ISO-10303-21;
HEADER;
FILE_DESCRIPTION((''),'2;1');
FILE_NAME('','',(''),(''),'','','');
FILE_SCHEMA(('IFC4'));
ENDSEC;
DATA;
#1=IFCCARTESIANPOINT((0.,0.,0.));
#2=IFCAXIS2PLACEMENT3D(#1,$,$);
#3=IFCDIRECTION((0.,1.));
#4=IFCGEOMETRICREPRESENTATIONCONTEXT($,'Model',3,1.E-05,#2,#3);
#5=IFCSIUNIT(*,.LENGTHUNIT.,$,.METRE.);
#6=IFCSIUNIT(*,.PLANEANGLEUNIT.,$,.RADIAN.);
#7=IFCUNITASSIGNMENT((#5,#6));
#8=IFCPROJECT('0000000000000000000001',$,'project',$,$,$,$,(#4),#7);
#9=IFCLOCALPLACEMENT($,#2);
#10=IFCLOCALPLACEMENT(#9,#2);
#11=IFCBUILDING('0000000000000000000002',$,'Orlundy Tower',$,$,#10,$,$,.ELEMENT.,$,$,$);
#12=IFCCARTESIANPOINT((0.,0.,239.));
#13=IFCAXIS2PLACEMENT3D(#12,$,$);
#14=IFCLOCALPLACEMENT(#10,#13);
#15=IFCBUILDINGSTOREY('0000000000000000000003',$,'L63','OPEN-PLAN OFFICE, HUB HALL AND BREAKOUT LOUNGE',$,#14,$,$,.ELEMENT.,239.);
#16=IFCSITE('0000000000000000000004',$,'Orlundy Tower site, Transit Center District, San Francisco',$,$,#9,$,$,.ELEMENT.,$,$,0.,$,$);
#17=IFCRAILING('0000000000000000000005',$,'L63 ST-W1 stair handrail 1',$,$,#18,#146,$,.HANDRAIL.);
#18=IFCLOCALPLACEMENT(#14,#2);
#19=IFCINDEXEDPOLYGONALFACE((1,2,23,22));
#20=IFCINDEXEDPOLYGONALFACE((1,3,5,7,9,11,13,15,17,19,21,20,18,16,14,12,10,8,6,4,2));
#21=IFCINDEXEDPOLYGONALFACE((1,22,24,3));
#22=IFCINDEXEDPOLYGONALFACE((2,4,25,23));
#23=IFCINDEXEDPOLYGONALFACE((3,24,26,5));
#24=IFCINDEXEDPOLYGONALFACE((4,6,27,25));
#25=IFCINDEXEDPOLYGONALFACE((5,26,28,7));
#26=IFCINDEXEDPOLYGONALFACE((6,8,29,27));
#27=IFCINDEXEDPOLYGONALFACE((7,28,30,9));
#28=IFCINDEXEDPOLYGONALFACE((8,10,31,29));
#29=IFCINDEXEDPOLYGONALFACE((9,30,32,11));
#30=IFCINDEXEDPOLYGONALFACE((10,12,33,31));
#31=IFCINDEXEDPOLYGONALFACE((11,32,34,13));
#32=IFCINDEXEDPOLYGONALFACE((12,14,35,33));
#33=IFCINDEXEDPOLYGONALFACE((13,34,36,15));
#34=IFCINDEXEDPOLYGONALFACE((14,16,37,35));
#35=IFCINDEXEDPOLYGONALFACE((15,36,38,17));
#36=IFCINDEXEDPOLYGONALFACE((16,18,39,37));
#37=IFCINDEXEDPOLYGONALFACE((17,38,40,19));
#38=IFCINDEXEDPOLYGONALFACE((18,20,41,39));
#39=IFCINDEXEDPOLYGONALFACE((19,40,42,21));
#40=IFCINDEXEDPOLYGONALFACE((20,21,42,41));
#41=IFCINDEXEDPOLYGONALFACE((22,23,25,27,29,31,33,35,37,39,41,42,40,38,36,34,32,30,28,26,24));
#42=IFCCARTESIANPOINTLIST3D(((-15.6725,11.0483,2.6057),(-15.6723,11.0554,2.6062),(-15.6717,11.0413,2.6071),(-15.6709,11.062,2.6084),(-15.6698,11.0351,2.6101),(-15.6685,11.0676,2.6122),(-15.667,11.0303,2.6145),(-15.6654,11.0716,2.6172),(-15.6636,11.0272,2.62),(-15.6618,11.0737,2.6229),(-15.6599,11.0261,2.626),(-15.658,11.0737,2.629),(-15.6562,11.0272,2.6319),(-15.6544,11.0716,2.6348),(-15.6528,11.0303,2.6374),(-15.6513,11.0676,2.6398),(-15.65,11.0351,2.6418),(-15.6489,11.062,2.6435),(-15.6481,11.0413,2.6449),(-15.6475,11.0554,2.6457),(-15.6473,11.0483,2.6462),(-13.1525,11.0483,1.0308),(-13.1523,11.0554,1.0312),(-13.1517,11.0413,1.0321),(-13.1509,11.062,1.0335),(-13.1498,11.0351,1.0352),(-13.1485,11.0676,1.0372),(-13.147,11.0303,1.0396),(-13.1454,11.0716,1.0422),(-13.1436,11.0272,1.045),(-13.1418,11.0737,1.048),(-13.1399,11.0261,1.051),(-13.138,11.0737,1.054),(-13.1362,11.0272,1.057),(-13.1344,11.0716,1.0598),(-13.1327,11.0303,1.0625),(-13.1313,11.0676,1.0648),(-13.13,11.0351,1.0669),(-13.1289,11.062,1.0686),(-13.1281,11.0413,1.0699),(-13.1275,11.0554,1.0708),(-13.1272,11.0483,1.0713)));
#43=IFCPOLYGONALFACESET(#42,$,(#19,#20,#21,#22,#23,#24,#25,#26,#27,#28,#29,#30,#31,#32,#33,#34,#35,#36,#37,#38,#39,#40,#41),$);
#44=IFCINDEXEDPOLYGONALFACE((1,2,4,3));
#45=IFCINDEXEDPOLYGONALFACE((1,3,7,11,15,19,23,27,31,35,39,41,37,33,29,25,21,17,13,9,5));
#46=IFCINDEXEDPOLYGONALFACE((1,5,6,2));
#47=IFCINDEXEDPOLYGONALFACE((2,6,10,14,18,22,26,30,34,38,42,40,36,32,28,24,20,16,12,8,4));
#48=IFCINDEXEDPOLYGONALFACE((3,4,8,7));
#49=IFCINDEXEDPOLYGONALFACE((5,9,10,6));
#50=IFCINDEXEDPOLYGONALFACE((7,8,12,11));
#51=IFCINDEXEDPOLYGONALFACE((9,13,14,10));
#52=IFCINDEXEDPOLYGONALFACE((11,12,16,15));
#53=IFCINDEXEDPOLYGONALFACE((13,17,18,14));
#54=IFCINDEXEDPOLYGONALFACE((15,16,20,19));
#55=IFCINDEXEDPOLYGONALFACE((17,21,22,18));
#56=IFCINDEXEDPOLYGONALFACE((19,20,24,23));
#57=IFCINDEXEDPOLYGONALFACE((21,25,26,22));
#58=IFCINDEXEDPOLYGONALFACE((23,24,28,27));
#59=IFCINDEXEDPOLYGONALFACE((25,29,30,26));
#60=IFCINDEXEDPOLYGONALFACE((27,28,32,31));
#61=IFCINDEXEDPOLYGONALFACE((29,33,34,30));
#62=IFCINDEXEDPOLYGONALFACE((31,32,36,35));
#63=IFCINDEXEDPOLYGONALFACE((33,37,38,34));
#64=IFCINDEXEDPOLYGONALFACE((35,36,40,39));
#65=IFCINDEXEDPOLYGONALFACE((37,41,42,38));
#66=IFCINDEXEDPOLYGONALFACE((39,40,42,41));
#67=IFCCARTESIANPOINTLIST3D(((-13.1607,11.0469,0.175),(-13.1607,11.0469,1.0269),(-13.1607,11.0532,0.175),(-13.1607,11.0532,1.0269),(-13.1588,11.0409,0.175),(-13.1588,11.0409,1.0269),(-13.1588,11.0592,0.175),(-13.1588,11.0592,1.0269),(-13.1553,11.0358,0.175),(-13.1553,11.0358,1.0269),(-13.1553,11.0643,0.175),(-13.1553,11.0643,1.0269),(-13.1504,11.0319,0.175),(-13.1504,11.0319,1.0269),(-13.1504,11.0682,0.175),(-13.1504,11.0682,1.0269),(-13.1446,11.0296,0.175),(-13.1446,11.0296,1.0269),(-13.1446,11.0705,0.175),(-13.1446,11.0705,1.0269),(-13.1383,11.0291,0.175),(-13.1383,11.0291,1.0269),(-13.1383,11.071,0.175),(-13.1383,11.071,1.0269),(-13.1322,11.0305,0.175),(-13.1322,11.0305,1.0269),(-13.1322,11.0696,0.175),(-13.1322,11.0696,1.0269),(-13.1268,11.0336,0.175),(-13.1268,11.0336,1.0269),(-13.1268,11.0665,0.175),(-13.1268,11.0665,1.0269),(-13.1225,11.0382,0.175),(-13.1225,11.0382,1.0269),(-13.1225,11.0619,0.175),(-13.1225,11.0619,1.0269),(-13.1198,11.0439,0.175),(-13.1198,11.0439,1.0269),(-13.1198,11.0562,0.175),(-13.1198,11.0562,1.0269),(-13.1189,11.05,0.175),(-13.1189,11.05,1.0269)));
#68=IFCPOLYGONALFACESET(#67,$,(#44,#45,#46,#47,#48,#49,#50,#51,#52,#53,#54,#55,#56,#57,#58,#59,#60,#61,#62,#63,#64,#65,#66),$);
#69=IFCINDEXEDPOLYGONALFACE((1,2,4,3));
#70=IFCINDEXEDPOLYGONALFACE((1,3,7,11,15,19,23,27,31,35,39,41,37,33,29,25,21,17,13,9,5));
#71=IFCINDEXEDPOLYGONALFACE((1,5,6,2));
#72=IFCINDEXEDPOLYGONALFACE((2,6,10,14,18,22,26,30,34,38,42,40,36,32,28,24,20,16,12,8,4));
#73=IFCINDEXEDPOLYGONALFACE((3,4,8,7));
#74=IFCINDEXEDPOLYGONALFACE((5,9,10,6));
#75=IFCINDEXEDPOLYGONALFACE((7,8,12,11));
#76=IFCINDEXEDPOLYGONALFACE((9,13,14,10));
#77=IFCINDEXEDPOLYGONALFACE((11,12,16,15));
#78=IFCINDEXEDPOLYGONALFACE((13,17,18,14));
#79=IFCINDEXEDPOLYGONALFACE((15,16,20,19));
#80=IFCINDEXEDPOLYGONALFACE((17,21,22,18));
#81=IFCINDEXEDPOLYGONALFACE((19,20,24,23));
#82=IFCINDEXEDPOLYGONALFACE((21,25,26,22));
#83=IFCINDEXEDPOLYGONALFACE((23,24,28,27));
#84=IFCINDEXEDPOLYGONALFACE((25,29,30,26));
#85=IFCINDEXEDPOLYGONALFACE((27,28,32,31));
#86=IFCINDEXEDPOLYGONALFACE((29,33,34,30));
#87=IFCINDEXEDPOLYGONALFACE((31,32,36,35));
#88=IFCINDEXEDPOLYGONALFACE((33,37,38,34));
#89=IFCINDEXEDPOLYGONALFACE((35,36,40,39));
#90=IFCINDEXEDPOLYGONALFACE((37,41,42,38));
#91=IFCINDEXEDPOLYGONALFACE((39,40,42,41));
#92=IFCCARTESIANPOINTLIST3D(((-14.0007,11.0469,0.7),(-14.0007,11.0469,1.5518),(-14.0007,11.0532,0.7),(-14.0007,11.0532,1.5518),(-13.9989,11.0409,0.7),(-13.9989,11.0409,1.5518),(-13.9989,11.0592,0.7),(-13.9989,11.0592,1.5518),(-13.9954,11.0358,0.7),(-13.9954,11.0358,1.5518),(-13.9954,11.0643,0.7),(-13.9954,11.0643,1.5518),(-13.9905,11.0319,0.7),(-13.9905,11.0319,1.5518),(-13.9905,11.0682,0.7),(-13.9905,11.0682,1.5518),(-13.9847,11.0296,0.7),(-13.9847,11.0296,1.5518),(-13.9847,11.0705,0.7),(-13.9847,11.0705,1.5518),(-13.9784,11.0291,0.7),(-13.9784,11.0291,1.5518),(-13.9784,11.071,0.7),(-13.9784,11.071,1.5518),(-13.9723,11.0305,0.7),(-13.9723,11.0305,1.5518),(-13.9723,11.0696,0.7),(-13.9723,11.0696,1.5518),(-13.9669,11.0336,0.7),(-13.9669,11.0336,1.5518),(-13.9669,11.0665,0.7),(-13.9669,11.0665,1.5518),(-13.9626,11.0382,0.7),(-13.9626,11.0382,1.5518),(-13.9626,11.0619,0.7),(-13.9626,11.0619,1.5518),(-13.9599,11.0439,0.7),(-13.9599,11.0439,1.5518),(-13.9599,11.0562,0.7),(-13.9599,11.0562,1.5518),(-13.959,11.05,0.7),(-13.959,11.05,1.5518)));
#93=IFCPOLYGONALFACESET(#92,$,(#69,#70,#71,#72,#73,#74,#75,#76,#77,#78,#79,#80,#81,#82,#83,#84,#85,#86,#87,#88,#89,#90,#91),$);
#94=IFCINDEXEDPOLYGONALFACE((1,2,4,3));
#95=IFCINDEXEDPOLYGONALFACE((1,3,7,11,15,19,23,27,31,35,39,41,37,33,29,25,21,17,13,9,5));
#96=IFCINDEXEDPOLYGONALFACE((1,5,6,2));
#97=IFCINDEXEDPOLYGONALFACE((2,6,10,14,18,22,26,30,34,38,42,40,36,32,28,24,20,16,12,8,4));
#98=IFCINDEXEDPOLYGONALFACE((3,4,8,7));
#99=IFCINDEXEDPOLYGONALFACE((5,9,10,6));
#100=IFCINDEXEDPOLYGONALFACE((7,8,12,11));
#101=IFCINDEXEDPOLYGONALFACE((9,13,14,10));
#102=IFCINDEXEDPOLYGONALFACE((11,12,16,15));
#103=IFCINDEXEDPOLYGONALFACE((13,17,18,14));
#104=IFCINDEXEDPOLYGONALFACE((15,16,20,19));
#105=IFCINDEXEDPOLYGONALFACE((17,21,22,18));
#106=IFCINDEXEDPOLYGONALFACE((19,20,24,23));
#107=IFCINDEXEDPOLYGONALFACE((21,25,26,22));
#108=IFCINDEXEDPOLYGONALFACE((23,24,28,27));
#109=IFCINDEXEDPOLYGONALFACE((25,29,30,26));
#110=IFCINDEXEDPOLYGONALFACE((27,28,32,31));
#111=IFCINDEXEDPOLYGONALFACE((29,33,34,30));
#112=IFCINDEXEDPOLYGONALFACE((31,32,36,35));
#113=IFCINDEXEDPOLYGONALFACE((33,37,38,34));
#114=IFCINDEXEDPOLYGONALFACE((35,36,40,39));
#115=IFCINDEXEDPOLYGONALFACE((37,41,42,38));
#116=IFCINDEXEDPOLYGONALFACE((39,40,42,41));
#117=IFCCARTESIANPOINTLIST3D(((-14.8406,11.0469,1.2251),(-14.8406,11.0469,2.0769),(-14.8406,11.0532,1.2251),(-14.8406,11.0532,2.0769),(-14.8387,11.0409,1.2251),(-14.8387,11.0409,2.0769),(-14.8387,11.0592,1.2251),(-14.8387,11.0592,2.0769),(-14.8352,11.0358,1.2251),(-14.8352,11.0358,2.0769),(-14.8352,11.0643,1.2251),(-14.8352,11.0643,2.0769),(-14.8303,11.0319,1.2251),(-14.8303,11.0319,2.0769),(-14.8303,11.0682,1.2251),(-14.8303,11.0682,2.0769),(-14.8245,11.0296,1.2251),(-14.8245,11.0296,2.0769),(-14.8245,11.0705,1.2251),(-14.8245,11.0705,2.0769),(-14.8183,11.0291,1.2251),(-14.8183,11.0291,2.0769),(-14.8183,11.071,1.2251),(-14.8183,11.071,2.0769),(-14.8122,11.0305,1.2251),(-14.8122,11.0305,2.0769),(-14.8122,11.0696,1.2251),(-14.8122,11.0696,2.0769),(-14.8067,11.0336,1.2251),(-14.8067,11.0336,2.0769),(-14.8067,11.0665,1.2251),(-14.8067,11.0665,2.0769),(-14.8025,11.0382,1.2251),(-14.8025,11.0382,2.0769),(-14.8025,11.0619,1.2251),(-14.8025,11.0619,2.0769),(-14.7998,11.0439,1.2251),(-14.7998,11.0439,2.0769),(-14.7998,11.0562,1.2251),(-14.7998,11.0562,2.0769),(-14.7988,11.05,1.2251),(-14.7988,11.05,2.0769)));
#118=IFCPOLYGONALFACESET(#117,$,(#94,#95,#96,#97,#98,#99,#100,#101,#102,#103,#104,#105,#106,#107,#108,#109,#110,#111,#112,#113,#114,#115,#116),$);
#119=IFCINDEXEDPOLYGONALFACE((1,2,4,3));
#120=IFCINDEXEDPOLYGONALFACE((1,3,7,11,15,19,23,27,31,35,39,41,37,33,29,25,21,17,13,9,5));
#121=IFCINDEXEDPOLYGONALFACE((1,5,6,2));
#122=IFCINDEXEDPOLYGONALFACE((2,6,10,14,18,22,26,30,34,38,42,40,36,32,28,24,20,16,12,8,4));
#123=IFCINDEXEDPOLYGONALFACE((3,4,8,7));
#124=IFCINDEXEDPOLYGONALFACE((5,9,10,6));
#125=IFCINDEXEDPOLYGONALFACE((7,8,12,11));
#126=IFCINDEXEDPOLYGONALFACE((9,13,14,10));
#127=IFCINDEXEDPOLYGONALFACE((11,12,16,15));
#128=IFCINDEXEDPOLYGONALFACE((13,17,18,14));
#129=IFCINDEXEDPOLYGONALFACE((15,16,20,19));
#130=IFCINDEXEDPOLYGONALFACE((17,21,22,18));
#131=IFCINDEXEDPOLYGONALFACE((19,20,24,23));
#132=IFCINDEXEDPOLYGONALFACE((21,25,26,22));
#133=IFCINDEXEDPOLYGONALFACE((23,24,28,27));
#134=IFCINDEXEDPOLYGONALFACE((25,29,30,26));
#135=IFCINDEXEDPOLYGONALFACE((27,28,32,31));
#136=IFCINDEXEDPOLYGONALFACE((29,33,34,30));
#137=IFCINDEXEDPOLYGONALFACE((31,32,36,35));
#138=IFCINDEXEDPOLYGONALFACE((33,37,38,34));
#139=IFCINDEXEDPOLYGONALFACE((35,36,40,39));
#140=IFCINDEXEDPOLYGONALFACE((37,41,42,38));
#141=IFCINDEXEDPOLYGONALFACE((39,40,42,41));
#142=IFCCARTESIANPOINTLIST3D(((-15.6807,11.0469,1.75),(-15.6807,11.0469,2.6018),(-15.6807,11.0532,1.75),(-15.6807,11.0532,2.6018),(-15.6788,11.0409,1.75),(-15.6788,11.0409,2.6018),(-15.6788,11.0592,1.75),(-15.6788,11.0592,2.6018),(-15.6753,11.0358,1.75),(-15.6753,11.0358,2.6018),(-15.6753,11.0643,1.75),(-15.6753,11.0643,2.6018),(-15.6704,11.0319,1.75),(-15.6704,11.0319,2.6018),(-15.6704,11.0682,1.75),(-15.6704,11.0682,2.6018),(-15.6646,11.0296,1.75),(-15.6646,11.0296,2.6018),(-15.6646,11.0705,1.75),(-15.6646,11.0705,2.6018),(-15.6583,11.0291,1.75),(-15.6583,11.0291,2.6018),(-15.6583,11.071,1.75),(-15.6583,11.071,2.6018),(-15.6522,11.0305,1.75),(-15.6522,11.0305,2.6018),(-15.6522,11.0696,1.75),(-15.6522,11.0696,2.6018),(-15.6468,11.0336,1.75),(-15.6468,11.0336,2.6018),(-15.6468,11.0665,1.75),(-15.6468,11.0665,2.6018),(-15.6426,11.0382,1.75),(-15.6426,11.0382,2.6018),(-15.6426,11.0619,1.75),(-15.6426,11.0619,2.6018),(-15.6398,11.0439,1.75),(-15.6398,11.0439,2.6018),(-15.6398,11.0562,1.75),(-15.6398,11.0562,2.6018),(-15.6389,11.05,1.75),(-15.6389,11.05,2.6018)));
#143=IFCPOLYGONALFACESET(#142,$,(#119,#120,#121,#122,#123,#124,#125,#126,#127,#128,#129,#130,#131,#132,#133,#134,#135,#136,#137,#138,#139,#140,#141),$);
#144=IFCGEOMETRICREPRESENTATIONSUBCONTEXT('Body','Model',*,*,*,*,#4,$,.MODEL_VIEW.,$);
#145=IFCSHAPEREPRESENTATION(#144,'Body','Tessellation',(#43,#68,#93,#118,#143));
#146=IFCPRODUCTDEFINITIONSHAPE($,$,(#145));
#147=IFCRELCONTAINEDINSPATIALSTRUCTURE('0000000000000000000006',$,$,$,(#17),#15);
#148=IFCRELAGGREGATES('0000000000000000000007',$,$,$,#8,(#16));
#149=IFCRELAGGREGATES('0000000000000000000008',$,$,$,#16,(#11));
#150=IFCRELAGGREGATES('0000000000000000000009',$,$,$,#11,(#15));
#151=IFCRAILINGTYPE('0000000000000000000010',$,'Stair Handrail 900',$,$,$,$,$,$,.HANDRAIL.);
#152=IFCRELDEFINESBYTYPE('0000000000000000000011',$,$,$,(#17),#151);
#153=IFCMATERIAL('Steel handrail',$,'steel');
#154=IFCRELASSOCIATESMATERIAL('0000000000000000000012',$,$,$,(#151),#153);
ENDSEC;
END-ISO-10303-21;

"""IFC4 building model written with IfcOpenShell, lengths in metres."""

from ifc_helpers import new_model, si_unit, direction, frame, origin, origin_2d, place, context, subcontext, project, spatial, circle, extrude, material, type_object, element, save


model = new_model("IFC4")

# Units and contexts
model_context = context("Model", 3, precision=1e-05, world=origin(), true_north=direction((0.0, 1.0)))
body_context = subcontext(model_context, "Body", "Model", "MODEL_VIEW")
ifc_project = project(units=[si_unit("LENGTHUNIT", "METRE"), si_unit("PLANEANGLEUNIT", "RADIAN")], contexts=[model_context])

# Site, building, storey
site_placement = place(None, origin())
site = spatial("IfcSite", under=ifc_project, at=site_placement, Name="Orlundy Tower site, Transit Center District, San Francisco", CompositionType="ELEMENT", RefElevation=0.0)
building_placement = place(site_placement, origin())
building = spatial("IfcBuilding", under=site, at=building_placement, Name="Orlundy Tower", CompositionType="ELEMENT")
storey_placement = place(building_placement, frame((0.0, 0.0, 239.0)))
storey = spatial("IfcBuildingStorey", under=building, at=storey_placement, Name="L63", Description="OPEN-PLAN OFFICE, HUB HALL AND BREAKOUT LOUNGE", CompositionType="ELEMENT", Elevation=239.0)

# Railing
ifc_material_1 = material(Name="Steel handrail", Category="steel")
railing_type = type_object("IfcRailingType", Name="Stair Handrail 900", PredefinedType="HANDRAIL", material=ifc_material_1)
railing_placement = place(storey_placement, frame((-13.1399, 11.05, 0.175)))
element("IfcRailing", 1, at=railing_placement, inside=storey, type_object=railing_type, Name="L63 ST-W1 stair handrail 1", PredefinedType="HANDRAIL", context=body_context, shape_type="SweptSolid", body=[
    extrude(circle(Radius=0.0239, at=origin_2d()), frame((0.0, 0.0, 0.876), z_axis=(-0.848008, 0.0, 0.529984), x_axis=(0.0, -1.0, 0.0)), (0.0, 0.0, 1.0), 2.9717),
    extrude(circle(Radius=0.021, at=origin_2d()), origin(), (0.0, 0.0, 1.0), 0.8518),
    extrude(circle(Radius=0.021, at=origin_2d()), frame((-0.8401, 0.0, 0.5249)), (0.0, 0.0, 1.0), 0.8518),
    extrude(circle(Radius=0.021, at=origin_2d()), frame((-1.6799, 0.0, 1.05)), (0.0, 0.0, 1.0), 0.8518),
    extrude(circle(Radius=0.021, at=origin_2d()), frame((-2.52, 0.0, 1.575)), (0.0, 0.0, 1.0), 0.8518),
])

save(model, "model.ifc")
